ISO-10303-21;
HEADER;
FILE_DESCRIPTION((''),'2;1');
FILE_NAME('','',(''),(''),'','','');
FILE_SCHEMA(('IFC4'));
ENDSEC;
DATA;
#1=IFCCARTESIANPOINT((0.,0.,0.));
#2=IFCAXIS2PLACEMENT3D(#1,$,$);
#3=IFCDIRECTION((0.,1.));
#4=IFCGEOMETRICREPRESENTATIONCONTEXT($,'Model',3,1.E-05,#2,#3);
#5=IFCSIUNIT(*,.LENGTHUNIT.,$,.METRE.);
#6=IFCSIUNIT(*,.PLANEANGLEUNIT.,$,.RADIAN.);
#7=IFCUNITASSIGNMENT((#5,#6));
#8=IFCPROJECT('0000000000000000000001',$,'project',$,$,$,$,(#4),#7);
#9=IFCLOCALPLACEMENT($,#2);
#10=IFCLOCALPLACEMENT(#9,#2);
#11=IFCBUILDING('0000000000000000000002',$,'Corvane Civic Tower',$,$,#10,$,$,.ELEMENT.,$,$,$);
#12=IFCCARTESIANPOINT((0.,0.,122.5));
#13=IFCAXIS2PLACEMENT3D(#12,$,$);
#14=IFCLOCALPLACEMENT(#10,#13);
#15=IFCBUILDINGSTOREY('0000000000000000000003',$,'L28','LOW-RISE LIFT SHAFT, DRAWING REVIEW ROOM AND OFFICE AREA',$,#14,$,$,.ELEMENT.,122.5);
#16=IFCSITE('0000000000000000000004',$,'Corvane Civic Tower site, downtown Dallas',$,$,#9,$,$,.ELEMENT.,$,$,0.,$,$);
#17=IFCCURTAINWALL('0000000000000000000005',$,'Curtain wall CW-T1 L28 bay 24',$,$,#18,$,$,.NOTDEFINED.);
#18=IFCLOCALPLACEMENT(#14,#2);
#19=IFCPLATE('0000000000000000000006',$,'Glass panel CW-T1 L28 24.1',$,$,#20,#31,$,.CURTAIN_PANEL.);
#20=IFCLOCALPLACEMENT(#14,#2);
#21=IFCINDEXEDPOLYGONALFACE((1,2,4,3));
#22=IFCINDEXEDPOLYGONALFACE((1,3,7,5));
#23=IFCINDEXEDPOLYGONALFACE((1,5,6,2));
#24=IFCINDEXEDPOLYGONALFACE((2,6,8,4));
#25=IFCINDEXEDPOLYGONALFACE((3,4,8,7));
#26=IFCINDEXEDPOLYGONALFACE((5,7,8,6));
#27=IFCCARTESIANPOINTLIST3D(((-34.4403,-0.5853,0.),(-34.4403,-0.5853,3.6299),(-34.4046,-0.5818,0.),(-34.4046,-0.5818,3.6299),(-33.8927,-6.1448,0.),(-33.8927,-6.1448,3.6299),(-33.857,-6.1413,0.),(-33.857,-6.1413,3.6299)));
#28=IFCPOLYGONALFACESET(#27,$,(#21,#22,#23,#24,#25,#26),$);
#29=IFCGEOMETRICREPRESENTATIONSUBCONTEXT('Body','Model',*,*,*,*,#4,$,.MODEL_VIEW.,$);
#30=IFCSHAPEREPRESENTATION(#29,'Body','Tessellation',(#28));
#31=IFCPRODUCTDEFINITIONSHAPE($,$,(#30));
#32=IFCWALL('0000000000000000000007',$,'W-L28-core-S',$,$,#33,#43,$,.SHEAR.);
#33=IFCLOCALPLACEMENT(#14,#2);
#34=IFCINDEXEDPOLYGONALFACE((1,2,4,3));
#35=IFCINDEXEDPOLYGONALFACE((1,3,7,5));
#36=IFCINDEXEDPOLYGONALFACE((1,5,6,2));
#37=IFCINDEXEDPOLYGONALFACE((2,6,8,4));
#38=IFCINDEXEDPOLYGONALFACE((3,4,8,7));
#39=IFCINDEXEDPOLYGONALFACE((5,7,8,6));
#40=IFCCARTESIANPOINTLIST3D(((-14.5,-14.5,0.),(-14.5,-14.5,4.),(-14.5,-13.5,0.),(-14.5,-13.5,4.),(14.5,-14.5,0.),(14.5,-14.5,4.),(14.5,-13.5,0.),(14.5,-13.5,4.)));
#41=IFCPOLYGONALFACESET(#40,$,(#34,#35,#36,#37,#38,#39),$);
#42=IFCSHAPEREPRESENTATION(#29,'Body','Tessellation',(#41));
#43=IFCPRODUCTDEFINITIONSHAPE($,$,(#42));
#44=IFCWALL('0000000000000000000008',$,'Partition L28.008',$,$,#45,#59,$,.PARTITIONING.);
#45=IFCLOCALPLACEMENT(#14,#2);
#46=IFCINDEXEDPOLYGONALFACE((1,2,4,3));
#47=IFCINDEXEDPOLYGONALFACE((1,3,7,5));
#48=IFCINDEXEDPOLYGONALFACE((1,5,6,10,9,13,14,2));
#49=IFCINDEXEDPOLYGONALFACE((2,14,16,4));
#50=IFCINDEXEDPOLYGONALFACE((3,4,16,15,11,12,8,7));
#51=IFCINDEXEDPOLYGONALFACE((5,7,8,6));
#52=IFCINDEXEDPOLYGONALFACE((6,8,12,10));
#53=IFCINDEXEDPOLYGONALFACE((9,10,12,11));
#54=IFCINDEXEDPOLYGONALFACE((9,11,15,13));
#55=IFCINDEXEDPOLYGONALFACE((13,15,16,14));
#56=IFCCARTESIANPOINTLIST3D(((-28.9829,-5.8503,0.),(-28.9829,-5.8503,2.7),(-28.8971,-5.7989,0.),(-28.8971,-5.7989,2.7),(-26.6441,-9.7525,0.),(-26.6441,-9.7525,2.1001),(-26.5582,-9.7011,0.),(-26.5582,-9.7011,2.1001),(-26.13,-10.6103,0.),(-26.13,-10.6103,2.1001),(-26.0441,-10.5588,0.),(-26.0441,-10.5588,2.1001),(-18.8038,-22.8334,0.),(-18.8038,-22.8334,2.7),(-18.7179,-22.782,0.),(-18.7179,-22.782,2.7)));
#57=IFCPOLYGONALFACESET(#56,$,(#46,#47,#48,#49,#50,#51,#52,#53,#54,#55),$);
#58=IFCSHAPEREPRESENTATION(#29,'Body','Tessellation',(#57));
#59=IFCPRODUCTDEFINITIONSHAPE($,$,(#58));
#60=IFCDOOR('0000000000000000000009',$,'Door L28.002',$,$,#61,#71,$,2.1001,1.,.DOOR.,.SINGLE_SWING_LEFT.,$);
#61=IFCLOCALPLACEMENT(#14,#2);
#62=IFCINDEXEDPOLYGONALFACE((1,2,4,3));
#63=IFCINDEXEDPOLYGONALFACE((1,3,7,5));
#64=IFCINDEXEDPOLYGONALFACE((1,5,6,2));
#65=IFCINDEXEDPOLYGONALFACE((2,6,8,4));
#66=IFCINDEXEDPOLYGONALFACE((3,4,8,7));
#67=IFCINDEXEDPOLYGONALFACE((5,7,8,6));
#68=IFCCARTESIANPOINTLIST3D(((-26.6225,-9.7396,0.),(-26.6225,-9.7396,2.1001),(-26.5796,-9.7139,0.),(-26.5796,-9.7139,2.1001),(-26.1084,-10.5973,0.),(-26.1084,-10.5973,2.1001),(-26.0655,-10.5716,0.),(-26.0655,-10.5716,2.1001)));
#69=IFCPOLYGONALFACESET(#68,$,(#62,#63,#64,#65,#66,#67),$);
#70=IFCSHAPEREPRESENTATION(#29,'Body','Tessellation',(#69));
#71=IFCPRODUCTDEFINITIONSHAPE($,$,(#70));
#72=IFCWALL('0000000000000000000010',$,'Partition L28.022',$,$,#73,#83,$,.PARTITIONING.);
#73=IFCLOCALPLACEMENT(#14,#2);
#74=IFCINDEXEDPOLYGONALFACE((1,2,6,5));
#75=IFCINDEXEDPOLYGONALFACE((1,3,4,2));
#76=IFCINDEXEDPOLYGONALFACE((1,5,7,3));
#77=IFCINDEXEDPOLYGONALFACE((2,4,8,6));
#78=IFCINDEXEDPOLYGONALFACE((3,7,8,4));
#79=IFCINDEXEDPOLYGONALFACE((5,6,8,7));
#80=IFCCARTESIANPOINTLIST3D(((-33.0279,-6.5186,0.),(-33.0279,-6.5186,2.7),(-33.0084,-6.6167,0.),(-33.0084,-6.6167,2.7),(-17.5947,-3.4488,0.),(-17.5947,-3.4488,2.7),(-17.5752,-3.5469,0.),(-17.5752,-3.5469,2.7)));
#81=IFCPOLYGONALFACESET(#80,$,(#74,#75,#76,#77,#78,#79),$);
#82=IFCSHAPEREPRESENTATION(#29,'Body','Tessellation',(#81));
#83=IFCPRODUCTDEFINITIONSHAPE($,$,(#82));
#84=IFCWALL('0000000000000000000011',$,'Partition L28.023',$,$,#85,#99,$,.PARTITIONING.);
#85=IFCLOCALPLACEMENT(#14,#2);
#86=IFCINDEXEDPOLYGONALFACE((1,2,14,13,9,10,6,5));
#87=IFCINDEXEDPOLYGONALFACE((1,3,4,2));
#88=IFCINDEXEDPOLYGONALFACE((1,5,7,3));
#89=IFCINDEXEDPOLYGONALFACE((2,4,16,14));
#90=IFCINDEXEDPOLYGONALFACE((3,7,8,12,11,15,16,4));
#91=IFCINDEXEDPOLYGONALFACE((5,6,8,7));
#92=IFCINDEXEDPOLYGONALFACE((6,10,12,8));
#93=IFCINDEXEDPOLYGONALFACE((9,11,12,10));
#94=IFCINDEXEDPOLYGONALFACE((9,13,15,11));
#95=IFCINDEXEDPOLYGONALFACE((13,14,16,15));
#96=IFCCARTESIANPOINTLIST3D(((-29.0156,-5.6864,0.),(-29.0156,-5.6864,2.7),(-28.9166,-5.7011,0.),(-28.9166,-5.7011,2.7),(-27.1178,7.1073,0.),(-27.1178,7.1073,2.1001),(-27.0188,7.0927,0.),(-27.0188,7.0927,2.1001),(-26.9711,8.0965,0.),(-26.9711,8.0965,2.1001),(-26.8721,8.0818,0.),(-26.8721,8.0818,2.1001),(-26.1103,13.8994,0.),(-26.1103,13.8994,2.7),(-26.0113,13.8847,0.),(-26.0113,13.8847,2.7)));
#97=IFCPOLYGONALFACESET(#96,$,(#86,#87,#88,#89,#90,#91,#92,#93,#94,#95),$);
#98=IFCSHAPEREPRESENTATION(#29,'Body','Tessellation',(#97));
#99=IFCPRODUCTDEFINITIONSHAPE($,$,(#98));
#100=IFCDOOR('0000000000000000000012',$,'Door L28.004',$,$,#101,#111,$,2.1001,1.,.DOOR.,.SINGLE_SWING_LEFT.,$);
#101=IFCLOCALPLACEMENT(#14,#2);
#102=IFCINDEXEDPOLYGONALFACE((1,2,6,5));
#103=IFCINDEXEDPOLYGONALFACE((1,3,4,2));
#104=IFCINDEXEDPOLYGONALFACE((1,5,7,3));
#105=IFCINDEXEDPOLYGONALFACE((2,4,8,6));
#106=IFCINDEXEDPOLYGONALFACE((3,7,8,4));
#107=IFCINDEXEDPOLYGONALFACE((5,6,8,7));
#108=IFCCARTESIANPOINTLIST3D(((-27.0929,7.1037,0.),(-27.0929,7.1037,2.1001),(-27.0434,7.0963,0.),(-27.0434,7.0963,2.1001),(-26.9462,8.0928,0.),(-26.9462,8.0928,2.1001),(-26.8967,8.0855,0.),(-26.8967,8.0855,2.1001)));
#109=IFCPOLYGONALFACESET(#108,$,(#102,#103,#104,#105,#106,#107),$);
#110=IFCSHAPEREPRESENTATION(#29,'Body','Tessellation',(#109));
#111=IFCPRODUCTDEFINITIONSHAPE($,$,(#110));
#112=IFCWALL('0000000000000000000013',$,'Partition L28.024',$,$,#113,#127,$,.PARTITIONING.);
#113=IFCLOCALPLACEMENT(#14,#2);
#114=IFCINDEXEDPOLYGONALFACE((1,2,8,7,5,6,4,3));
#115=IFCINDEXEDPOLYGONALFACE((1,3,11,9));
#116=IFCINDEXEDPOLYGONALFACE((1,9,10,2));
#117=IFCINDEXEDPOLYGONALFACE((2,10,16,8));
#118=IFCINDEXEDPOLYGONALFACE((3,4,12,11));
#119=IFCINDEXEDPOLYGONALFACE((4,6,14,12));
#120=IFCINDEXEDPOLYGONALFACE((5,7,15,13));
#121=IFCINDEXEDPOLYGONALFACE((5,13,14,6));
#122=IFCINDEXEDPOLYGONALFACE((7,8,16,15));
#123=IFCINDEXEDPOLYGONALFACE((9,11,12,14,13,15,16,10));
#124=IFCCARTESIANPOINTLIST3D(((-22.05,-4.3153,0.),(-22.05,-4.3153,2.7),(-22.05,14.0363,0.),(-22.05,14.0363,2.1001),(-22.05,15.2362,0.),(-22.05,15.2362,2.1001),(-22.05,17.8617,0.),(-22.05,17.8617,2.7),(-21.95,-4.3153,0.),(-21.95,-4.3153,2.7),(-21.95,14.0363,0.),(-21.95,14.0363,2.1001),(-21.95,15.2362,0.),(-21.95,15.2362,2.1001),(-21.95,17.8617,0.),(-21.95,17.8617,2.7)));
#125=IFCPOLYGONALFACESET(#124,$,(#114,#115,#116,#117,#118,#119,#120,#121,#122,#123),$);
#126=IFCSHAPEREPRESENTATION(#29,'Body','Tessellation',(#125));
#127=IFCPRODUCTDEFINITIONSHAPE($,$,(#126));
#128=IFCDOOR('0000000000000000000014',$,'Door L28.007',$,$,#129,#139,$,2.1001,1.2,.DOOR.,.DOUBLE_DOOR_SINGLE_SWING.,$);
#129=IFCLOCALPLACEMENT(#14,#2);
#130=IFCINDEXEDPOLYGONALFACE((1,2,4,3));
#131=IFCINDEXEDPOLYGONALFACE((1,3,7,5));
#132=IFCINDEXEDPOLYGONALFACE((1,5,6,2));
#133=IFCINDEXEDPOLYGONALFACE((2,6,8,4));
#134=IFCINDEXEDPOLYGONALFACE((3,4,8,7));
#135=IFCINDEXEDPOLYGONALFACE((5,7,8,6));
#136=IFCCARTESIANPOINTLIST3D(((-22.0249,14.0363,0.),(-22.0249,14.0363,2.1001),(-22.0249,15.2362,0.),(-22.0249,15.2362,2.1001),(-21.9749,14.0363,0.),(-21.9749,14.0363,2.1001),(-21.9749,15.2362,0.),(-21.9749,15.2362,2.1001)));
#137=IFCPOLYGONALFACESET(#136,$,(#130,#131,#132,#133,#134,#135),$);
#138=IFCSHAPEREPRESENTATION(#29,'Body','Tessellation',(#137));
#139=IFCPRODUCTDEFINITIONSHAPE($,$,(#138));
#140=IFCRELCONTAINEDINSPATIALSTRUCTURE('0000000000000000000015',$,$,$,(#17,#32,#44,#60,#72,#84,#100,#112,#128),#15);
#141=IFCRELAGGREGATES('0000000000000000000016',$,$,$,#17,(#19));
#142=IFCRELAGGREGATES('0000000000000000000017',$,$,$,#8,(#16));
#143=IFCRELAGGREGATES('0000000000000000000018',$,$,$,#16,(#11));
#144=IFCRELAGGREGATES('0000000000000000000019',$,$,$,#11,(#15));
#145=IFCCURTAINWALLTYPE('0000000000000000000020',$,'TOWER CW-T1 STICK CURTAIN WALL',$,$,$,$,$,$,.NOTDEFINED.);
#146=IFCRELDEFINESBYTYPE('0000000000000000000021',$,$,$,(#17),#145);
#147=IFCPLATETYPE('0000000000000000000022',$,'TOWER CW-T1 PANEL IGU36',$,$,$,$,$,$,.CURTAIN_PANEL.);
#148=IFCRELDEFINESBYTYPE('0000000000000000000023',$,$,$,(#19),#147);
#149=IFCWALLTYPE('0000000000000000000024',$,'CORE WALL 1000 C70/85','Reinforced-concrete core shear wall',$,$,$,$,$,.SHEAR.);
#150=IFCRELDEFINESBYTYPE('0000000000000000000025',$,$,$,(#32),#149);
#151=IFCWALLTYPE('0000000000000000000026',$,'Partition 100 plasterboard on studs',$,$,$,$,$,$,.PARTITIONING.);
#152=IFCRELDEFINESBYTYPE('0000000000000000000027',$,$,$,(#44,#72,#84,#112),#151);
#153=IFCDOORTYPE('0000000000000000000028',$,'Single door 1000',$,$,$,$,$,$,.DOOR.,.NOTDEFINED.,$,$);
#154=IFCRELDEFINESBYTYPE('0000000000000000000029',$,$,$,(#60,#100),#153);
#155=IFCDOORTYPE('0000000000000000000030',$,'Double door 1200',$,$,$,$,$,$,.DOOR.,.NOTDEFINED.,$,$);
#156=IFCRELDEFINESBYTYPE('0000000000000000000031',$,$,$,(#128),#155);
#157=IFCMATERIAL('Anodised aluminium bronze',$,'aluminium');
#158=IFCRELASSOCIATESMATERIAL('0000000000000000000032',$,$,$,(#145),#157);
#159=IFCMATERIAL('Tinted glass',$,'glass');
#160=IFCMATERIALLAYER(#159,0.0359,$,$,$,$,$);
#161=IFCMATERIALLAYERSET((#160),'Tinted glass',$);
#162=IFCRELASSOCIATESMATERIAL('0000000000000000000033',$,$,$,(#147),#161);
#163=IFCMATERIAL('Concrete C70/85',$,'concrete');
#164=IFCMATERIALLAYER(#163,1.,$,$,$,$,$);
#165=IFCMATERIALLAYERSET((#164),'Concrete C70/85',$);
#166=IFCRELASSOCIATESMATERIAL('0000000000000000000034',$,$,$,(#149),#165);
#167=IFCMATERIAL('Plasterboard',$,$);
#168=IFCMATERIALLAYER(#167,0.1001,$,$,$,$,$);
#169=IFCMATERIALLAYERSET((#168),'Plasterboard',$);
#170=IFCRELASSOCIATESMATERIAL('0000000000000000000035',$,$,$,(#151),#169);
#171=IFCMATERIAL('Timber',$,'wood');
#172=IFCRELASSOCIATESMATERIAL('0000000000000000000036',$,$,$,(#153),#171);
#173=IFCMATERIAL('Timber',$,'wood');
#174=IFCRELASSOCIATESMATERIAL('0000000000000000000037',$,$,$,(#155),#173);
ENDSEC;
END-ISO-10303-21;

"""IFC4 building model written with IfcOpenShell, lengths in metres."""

from ifc_helpers import new_model, si_unit, direction, frame, frame_2d, origin, origin_2d, place, context, subcontext, project, spatial, rectangle, extrude, material, layer, layer_set, type_object, element, fill, aggregate, save


model = new_model("IFC4")

# Units and contexts
model_context = context("Model", 3, precision=1e-05, world=origin(), true_north=direction((0.0, 1.0)))
body_context = subcontext(model_context, "Body", "Model", "MODEL_VIEW")
ifc_project = project(units=[si_unit("LENGTHUNIT", "METRE"), si_unit("PLANEANGLEUNIT", "RADIAN")], contexts=[model_context])

# Site, building, storey
site_placement = place(None, origin())
site = spatial("IfcSite", under=ifc_project, at=site_placement, Name="Corvane Civic Tower site, downtown Dallas", CompositionType="ELEMENT", RefElevation=0.0)
building_placement = place(site_placement, origin())
building = spatial("IfcBuilding", under=site, at=building_placement, Name="Corvane Civic Tower", CompositionType="ELEMENT")
storey_placement = place(building_placement, frame((0.0, 0.0, 122.5)))
storey = spatial("IfcBuildingStorey", under=building, at=storey_placement, Name="L28", Description="LOW-RISE LIFT SHAFT, DRAWING REVIEW ROOM AND OFFICE AREA", CompositionType="ELEMENT", Elevation=122.5)

# Curtain wall
ifc_material_1 = material(Name="Anodised aluminium bronze", Category="aluminium")
curtain_wall_type = type_object("IfcCurtainWallType", Name="TOWER CW-T1 STICK CURTAIN WALL", PredefinedType="NOTDEFINED", material=ifc_material_1)
curtain_wall_1_placement = place(storey_placement, origin())
curtain_wall_1 = element("IfcCurtainWall", 1, at=curtain_wall_1_placement, inside=storey, type_object=curtain_wall_type, Name="Curtain wall CW-T1 L28 bay 24", PredefinedType="NOTDEFINED")

# Plate
ifc_material_2 = material(Name="Tinted glass", Category="glass")
ifc_layer_1 = layer(ifc_material_2, 0.0359)
ifc_layer_set_1 = layer_set([ifc_layer_1], Name="Tinted glass")
plate_type = type_object("IfcPlateType", Name="TOWER CW-T1 PANEL IGU36", PredefinedType="CURTAIN_PANEL", material=ifc_layer_set_1)
plate_1_placement = place(storey_placement, frame((-34.1487, -3.3633, 0.0), z_axis=(0.0, 0.0, 1.0), x_axis=(-0.098027, 0.995184, 0.0)))
plate_1 = element("IfcPlate", 2, at=plate_1_placement, type_object=plate_type, Name="Glass panel CW-T1 L28 24.1", PredefinedType="CURTAIN_PANEL", context=body_context, shape_type="SweptSolid", body=[
    extrude(rectangle(XDim=5.5864, YDim=0.0359, at=origin_2d()), origin(), (0.0, 0.0, 1.0), 3.6299),
])
aggregate(curtain_wall_1, [plate_1])

# Wall
ifc_material_3 = material(Name="Concrete C70/85", Category="concrete")
ifc_layer_2 = layer(ifc_material_3, 1.0)
ifc_layer_set_2 = layer_set([ifc_layer_2], Name="Concrete C70/85")
wall_type_1 = type_object("IfcWallType", Name="CORE WALL 1000 C70/85", Description="Reinforced-concrete core shear wall", PredefinedType="SHEAR", material=ifc_layer_set_2)
wall_1_placement = place(storey_placement, frame((-14.5, -14.0, 0.0), z_axis=(0.0, 0.0, 1.0), x_axis=(1.0, 0.0, 0.0)))
element("IfcWall", 3, at=wall_1_placement, inside=storey, type_object=wall_type_1, Name="W-L28-core-S", PredefinedType="SHEAR", context=body_context, shape_type="SweptSolid", body=[
    extrude(rectangle(XDim=29.0, YDim=1.0, at=frame_2d((14.5, 0.0))), origin(), (0.0, 0.0, 1.0), 4.0),
])

# Wall, opening, door
ifc_material_4 = material(Name="Plasterboard")
ifc_layer_3 = layer(ifc_material_4, 0.1001)
ifc_layer_set_3 = layer_set([ifc_layer_3], Name="Plasterboard")
wall_type_2 = type_object("IfcWallType", Name="Partition 100 plasterboard on studs", PredefinedType="PARTITIONING", material=ifc_layer_set_3)
wall_2_placement = place(storey_placement, frame((-28.9399, -5.8247, 0.0), z_axis=(0.0, 0.0, 1.0), x_axis=(0.514099, -0.857731, 0.0)))
wall_2 = element("IfcWall", 4, at=wall_2_placement, inside=storey, type_object=wall_type_2, Name="Partition L28.008", PredefinedType="PARTITIONING", context=body_context, shape_type="SweptSolid", body=[
    extrude(rectangle(XDim=19.8, YDim=0.1001, at=frame_2d((9.8999, 0.0))), origin(), (0.0, 0.0, 1.0), 2.7),
])
opening_1_placement = place(wall_2_placement, frame((4.5493, 0.0, 0.0)))
opening_1 = element("IfcOpeningElement", 5, at=opening_1_placement, cuts=wall_2, PredefinedType="OPENING", context=body_context, shape_type="SweptSolid", body=[
    extrude(rectangle(XDim=1.0, YDim=2.1001, at=frame_2d((0.5, 1.05))), frame((0.0, 0.0601, 0.0), z_axis=(0.0, -1.0, 0.0), x_axis=(1.0, 0.0, 0.0)), (0.0, 0.0, 1.0), 0.1201),
])
ifc_material_5 = material(Name="Timber", Category="wood")
door_type_1 = type_object("IfcDoorType", Name="Single door 1000", OperationType="NOTDEFINED", PredefinedType="DOOR", material=ifc_material_5)
door_1_placement = place(opening_1_placement, frame((1.0, 0.0, 0.0), z_axis=(0.0, 0.0, 1.0), x_axis=(-1.0, 0.0, 0.0)))
door_1 = element("IfcDoor", 6, at=door_1_placement, inside=storey, type_object=door_type_1, Name="Door L28.002", OperationType="SINGLE_SWING_LEFT", OverallHeight=2.1001, OverallWidth=1.0, PredefinedType="DOOR", context=body_context, shape_type="SweptSolid", body=[
    extrude(rectangle(XDim=1.0, YDim=2.1001, at=frame_2d((0.5, 1.05))), frame((0.0, 0.0249, 0.0), z_axis=(0.0, -1.0, 0.0), x_axis=(1.0, 0.0, 0.0)), (0.0, 0.0, 1.0), 0.05),
])
fill(opening_1, door_1)

# Wall
wall_3_placement = place(storey_placement, frame((-33.0181, -6.5676, 0.0), z_axis=(0.0, 0.0, 1.0), x_axis=(0.980786, 0.195087, 0.0)))
element("IfcWall", 7, at=wall_3_placement, inside=storey, type_object=wall_type_2, Name="Partition L28.022", PredefinedType="PARTITIONING", context=body_context, shape_type="SweptSolid", body=[
    extrude(rectangle(XDim=15.7356, YDim=0.1001, at=frame_2d((7.8677, 0.0))), origin(), (0.0, 0.0, 1.0), 2.7),
])

# Walls, openings, doors
wall_4_placement = place(storey_placement, frame((-28.9661, -5.6936, 0.0), z_axis=(0.0, 0.0, 1.0), x_axis=(0.146731, 0.989176, 0.0)))
wall_4 = element("IfcWall", 8, at=wall_4_placement, inside=storey, type_object=wall_type_2, Name="Partition L28.023", PredefinedType="PARTITIONING", context=body_context, shape_type="SweptSolid", body=[
    extrude(rectangle(XDim=19.8, YDim=0.1001, at=frame_2d((9.8999, 0.0))), origin(), (0.0, 0.0, 1.0), 2.7),
])
opening_2_placement = place(wall_4_placement, frame((12.9336, 0.0, 0.0)))
opening_2 = element("IfcOpeningElement", 9, at=opening_2_placement, cuts=wall_4, PredefinedType="OPENING", context=body_context, shape_type="SweptSolid", body=[
    extrude(rectangle(XDim=1.0, YDim=2.1001, at=frame_2d((0.5, 1.05))), frame((0.0, 0.0601, 0.0), z_axis=(0.0, -1.0, 0.0), x_axis=(1.0, 0.0, 0.0)), (0.0, 0.0, 1.0), 0.1201),
])
door_2_placement = place(opening_2_placement, origin())
door_2 = element("IfcDoor", 10, at=door_2_placement, inside=storey, type_object=door_type_1, Name="Door L28.004", OperationType="SINGLE_SWING_LEFT", OverallHeight=2.1001, OverallWidth=1.0, PredefinedType="DOOR", context=body_context, shape_type="SweptSolid", body=[
    extrude(rectangle(XDim=1.0, YDim=2.1001, at=frame_2d((0.5, 1.05))), frame((0.0, 0.0249, 0.0), z_axis=(0.0, -1.0, 0.0), x_axis=(1.0, 0.0, 0.0)), (0.0, 0.0, 1.0), 0.05),
])
fill(opening_2, door_2)
wall_5_placement = place(storey_placement, frame((-22.0, -4.3152, 0.0), z_axis=(0.0, 0.0, 1.0), x_axis=(0.0, 1.0, 0.0)))
wall_5 = element("IfcWall", 11, at=wall_5_placement, inside=storey, type_object=wall_type_2, Name="Partition L28.024", PredefinedType="PARTITIONING", context=body_context, shape_type="SweptSolid", body=[
    extrude(rectangle(XDim=22.177, YDim=0.1001, at=frame_2d((11.0884, 0.0))), origin(), (0.0, 0.0, 1.0), 2.7),
])
opening_3_placement = place(wall_5_placement, frame((18.3513, 0.0, 0.0)))
opening_3 = element("IfcOpeningElement", 12, at=opening_3_placement, cuts=wall_5, PredefinedType="OPENING", context=body_context, shape_type="SweptSolid", body=[
    extrude(rectangle(XDim=1.2, YDim=2.1001, at=frame_2d((0.6001, 1.05))), frame((0.0, 0.0601, 0.0), z_axis=(0.0, -1.0, 0.0), x_axis=(1.0, 0.0, 0.0)), (0.0, 0.0, 1.0), 0.1201),
])
ifc_material_6 = material(Name="Timber", Category="wood")
door_type_2 = type_object("IfcDoorType", Name="Double door 1200", OperationType="NOTDEFINED", PredefinedType="DOOR", material=ifc_material_6)
door_3_placement = place(opening_3_placement, origin())
door_3 = element("IfcDoor", 13, at=door_3_placement, inside=storey, type_object=door_type_2, Name="Door L28.007", OperationType="DOUBLE_DOOR_SINGLE_SWING", OverallHeight=2.1001, OverallWidth=1.2, PredefinedType="DOOR", context=body_context, shape_type="SweptSolid", body=[
    extrude(rectangle(XDim=1.2, YDim=2.1001, at=frame_2d((0.6001, 1.05))), frame((0.0, 0.0249, 0.0), z_axis=(0.0, -1.0, 0.0), x_axis=(1.0, 0.0, 0.0)), (0.0, 0.0, 1.0), 0.05),
])
fill(opening_3, door_3)

save(model, "model.ifc")
